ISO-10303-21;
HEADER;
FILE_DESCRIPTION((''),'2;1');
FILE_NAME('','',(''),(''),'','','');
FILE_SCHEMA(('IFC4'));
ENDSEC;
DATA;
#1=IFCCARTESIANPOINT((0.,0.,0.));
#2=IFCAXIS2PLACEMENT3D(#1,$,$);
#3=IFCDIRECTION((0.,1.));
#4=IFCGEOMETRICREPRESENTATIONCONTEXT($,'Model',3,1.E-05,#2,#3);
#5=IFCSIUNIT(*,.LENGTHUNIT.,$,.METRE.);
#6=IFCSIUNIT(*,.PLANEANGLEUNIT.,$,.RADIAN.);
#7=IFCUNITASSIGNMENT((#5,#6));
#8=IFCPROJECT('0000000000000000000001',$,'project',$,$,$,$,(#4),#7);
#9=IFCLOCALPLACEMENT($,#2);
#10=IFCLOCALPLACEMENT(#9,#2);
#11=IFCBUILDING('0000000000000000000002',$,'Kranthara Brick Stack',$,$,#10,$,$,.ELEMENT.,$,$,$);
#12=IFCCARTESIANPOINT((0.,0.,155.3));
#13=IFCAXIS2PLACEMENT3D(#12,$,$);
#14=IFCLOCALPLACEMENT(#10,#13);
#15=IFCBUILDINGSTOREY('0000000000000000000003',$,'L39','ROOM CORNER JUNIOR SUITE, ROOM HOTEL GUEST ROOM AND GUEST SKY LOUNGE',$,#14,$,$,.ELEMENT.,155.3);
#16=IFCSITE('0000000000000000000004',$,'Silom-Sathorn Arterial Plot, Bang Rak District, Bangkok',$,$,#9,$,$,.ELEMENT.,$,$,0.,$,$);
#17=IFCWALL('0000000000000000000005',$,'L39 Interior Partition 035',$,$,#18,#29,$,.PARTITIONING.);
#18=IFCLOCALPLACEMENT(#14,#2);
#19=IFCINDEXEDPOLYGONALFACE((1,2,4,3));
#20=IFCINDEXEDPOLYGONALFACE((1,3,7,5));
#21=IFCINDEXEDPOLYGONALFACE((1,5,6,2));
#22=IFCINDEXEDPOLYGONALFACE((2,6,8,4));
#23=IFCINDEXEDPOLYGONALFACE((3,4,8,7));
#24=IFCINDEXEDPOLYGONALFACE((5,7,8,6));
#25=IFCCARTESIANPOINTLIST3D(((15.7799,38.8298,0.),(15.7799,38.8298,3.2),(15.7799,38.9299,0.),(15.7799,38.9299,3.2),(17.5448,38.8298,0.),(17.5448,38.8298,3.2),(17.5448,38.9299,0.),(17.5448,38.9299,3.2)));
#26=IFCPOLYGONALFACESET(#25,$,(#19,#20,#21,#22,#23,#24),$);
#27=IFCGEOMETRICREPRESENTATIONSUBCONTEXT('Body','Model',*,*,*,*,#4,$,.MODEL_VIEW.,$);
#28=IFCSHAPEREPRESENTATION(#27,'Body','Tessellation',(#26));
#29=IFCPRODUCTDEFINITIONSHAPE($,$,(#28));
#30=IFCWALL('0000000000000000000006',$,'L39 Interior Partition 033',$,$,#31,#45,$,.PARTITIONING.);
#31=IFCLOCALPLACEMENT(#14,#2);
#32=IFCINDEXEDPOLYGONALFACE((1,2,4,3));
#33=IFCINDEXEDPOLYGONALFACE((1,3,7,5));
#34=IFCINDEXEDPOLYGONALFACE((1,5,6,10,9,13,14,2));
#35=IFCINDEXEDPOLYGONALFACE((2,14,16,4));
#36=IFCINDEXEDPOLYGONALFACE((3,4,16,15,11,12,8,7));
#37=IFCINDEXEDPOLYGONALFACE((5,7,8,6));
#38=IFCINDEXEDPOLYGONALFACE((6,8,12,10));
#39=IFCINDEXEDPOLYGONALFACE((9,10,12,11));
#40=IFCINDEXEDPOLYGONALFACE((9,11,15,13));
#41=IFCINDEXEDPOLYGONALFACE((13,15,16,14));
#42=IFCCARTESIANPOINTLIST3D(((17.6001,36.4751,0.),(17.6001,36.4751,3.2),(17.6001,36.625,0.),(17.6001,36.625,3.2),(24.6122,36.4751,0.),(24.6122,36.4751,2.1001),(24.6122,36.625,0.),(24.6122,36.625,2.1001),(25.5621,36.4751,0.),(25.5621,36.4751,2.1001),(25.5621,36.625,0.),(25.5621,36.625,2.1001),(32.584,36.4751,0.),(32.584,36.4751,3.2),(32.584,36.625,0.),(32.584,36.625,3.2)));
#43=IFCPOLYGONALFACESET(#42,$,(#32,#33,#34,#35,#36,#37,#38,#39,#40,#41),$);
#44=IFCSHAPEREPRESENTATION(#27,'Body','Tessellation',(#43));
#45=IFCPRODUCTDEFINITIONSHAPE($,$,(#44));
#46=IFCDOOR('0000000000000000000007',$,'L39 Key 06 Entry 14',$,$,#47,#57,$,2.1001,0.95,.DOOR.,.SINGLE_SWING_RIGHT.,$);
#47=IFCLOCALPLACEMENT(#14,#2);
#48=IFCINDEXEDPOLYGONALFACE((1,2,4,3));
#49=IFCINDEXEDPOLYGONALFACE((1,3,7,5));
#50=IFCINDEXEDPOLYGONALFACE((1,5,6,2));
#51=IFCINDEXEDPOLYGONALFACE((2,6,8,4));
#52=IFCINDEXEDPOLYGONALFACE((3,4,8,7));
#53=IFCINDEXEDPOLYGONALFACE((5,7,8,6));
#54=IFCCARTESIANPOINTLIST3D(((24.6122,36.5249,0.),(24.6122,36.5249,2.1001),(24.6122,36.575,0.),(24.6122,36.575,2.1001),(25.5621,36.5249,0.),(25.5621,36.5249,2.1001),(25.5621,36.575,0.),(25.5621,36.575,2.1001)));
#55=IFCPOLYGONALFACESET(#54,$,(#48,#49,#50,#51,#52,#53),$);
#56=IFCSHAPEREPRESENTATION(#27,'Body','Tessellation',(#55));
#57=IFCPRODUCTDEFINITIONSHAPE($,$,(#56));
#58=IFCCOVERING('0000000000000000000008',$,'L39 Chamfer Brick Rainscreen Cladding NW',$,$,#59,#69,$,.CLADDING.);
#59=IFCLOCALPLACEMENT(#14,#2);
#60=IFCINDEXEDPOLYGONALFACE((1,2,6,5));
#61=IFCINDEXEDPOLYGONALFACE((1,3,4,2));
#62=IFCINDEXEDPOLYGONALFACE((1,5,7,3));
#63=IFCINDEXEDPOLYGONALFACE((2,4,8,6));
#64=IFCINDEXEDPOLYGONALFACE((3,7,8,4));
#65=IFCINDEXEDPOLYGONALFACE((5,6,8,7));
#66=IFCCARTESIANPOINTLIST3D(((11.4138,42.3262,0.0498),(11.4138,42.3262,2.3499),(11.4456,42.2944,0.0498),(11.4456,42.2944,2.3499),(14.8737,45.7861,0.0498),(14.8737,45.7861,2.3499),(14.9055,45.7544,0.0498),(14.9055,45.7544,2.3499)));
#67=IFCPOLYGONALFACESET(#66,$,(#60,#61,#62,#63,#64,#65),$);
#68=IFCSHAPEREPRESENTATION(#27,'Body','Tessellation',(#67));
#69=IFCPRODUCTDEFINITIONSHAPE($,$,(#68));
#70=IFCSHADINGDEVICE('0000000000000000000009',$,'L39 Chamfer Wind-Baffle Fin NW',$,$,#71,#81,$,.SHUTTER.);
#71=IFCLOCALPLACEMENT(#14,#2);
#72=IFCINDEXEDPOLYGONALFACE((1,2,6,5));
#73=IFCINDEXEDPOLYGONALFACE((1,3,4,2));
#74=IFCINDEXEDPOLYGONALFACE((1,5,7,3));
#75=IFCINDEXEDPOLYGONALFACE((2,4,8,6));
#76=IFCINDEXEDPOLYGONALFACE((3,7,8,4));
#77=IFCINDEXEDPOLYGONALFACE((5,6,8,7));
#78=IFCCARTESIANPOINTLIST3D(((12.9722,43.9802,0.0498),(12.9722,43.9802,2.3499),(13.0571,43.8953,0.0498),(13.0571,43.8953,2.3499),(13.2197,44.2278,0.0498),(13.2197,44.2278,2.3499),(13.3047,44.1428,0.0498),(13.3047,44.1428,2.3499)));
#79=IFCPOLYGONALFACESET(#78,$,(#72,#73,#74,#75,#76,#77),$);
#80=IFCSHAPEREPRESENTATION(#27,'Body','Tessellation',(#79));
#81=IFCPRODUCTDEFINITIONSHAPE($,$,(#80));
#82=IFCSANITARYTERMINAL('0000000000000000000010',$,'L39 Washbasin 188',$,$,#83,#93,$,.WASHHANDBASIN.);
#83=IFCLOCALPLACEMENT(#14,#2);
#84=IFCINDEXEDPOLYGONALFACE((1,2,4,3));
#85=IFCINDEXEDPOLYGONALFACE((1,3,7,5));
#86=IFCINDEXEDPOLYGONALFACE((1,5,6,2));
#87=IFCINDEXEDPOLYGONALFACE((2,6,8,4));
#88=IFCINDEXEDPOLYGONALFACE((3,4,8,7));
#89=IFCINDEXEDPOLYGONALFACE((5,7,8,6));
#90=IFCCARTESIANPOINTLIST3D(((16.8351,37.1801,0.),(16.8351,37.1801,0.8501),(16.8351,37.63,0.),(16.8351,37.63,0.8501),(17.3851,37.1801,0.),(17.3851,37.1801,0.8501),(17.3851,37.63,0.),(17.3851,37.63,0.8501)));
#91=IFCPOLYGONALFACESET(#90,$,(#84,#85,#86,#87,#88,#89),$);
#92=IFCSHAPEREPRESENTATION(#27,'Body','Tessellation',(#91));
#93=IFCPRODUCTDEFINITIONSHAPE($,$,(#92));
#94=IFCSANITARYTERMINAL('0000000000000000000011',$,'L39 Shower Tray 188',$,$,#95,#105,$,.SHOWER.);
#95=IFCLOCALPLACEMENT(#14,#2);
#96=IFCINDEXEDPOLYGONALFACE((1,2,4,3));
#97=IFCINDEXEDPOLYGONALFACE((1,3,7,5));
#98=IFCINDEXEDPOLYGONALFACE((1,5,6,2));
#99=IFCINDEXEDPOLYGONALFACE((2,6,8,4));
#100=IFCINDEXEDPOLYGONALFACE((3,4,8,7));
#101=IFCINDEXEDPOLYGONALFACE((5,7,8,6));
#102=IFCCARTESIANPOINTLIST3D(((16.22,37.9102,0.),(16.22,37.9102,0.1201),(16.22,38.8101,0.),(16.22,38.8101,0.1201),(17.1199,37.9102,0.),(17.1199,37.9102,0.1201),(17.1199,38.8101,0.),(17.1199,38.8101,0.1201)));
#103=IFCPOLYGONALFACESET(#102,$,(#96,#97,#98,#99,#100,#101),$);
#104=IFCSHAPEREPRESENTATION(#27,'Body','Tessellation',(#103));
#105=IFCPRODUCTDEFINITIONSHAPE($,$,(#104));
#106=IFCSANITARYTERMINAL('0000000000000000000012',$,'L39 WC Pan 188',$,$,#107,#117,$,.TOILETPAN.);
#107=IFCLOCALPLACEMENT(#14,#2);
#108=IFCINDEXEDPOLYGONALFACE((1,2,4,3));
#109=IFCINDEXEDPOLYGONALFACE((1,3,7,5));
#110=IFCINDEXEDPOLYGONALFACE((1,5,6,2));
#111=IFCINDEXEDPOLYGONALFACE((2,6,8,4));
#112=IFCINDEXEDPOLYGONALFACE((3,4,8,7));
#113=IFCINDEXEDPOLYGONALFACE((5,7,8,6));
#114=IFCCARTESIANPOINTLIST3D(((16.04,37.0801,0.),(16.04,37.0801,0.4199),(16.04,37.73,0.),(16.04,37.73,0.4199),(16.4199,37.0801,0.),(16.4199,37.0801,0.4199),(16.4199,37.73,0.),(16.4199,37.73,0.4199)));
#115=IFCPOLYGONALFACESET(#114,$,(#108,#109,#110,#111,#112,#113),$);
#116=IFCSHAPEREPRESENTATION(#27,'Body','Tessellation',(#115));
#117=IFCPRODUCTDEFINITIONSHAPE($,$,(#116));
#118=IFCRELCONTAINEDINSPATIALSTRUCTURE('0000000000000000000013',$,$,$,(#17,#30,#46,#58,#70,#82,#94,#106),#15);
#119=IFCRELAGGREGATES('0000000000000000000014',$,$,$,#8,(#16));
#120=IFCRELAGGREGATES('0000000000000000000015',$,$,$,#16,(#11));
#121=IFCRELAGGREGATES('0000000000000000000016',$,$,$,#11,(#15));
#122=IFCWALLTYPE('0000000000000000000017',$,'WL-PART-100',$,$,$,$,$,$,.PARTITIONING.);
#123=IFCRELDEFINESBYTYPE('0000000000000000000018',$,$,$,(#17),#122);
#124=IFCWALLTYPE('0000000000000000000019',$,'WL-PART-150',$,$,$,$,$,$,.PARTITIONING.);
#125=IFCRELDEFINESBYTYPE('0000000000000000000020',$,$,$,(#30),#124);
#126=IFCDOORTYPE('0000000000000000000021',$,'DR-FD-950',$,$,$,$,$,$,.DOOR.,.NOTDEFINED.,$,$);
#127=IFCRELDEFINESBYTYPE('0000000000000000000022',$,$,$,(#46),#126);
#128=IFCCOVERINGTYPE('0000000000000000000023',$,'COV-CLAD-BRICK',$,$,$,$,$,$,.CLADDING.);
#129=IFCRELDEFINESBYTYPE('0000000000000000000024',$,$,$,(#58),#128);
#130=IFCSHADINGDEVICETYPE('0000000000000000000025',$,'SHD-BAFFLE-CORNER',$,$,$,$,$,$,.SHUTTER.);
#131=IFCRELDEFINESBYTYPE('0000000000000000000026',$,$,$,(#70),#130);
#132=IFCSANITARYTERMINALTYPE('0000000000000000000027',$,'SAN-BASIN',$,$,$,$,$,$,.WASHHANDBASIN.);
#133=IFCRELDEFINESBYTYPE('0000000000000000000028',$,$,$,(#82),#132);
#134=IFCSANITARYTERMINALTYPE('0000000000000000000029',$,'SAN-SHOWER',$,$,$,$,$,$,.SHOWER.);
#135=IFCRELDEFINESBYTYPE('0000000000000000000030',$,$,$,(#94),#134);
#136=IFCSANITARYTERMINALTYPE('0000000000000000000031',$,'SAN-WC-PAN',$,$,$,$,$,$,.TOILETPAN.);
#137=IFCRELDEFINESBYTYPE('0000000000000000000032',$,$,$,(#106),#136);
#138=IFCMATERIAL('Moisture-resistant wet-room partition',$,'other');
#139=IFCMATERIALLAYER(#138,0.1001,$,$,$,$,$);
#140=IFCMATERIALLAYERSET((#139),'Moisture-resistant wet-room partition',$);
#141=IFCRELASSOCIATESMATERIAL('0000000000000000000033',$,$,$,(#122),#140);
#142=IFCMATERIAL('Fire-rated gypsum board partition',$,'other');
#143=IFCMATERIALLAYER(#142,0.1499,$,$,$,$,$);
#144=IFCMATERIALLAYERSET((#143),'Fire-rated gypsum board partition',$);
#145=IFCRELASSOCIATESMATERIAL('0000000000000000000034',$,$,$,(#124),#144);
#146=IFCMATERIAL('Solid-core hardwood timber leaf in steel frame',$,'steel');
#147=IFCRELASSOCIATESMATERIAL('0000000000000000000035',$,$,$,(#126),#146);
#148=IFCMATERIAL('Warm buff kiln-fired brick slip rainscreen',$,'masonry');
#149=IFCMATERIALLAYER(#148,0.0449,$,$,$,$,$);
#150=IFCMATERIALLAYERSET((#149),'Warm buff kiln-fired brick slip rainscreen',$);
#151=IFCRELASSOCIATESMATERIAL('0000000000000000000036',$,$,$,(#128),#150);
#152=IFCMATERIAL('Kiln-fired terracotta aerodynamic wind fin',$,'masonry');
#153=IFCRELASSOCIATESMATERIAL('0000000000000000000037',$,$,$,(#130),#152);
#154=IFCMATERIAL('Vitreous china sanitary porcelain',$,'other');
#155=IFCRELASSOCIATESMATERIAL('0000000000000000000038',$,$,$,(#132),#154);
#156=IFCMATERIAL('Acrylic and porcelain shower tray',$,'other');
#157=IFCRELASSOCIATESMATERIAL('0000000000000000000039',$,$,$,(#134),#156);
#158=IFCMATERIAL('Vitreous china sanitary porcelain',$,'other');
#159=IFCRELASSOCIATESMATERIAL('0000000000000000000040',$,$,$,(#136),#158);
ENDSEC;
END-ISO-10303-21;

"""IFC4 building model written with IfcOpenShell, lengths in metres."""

from ifc_helpers import new_model, si_unit, direction, frame, frame_2d, origin, origin_2d, place, context, subcontext, project, spatial, rectangle, extrude, material, layer, layer_set, type_object, element, fill, save


model = new_model("IFC4")

# Units and contexts
model_context = context("Model", 3, precision=1e-05, world=origin(), true_north=direction((0.0, 1.0)))
body_context = subcontext(model_context, "Body", "Model", "MODEL_VIEW")
ifc_project = project(units=[si_unit("LENGTHUNIT", "METRE"), si_unit("PLANEANGLEUNIT", "RADIAN")], contexts=[model_context])

# Site, building, storey
site_placement = place(None, origin())
site = spatial("IfcSite", under=ifc_project, at=site_placement, Name="Silom-Sathorn Arterial Plot, Bang Rak District, Bangkok", CompositionType="ELEMENT", RefElevation=0.0)
building_placement = place(site_placement, origin())
building = spatial("IfcBuilding", under=site, at=building_placement, Name="Kranthara Brick Stack", CompositionType="ELEMENT")
storey_placement = place(building_placement, frame((0.0, 0.0, 155.3)))
storey = spatial("IfcBuildingStorey", under=building, at=storey_placement, Name="L39", Description="ROOM CORNER JUNIOR SUITE, ROOM HOTEL GUEST ROOM AND GUEST SKY LOUNGE", CompositionType="ELEMENT", Elevation=155.3)

# Shared definitions
ifc_material_1 = material(Name="Moisture-resistant wet-room partition", Category="other")
ifc_layer_1 = layer(ifc_material_1, 0.1001)
ifc_layer_set_1 = layer_set([ifc_layer_1], Name="Moisture-resistant wet-room partition")
wall_type_1 = type_object("IfcWallType", Name="WL-PART-100", PredefinedType="PARTITIONING", material=ifc_layer_set_1)

# Wall
wall_1_placement = place(storey_placement, frame((15.78, 38.8799, 0.0), z_axis=(0.0, 0.0, 1.0), x_axis=(1.0, 0.0, 0.0)))
element("IfcWall", 1, at=wall_1_placement, inside=storey, type_object=wall_type_1, Name="L39 Interior Partition 035", PredefinedType="PARTITIONING", context=body_context, shape_type="SweptSolid", body=[
    extrude(rectangle(XDim=1.7649, YDim=0.1001, at=frame_2d((0.8823, 0.0))), origin(), (0.0, 0.0, 1.0), 3.2),
])

# Wall, opening, door
ifc_material_2 = material(Name="Fire-rated gypsum board partition", Category="other")
ifc_layer_2 = layer(ifc_material_2, 0.1499)
ifc_layer_set_2 = layer_set([ifc_layer_2], Name="Fire-rated gypsum board partition")
wall_type_2 = type_object("IfcWallType", Name="WL-PART-150", PredefinedType="PARTITIONING", material=ifc_layer_set_2)
wall_2_placement = place(storey_placement, frame((17.6001, 36.55, 0.0), z_axis=(0.0, 0.0, 1.0), x_axis=(1.0, 0.0, 0.0)))
wall_2 = element("IfcWall", 2, at=wall_2_placement, inside=storey, type_object=wall_type_2, Name="L39 Interior Partition 033", PredefinedType="PARTITIONING", context=body_context, shape_type="SweptSolid", body=[
    extrude(rectangle(XDim=14.9839, YDim=0.1499, at=frame_2d((7.4919, 0.0))), origin(), (0.0, 0.0, 1.0), 3.2),
])
opening_1_placement = place(wall_2_placement, frame((7.012, 0.0, 0.0)))
opening_1 = element("IfcOpeningElement", 3, at=opening_1_placement, cuts=wall_2, PredefinedType="OPENING", context=body_context, shape_type="SweptSolid", body=[
    extrude(rectangle(XDim=0.95, YDim=2.1001, at=frame_2d((0.4751, 1.05))), frame((0.0, 0.085, 0.0), z_axis=(0.0, -1.0, 0.0), x_axis=(1.0, 0.0, 0.0)), (0.0, 0.0, 1.0), 0.1699),
])
ifc_material_3 = material(Name="Solid-core hardwood timber leaf in steel frame", Category="steel")
door_type_1 = type_object("IfcDoorType", Name="DR-FD-950", OperationType="NOTDEFINED", PredefinedType="DOOR", material=ifc_material_3)
door_1_placement = place(opening_1_placement, origin())
door_1 = element("IfcDoor", 4, at=door_1_placement, inside=storey, type_object=door_type_1, Name="L39 Key 06 Entry 14", OperationType="SINGLE_SWING_RIGHT", OverallHeight=2.1001, OverallWidth=0.95, PredefinedType="DOOR", context=body_context, shape_type="SweptSolid", body=[
    extrude(rectangle(XDim=0.95, YDim=2.1001, at=frame_2d((0.4751, 1.05))), frame((0.0, 0.0249, 0.0), z_axis=(0.0, -1.0, 0.0), x_axis=(1.0, 0.0, 0.0)), (0.0, 0.0, 1.0), 0.05),
])
fill(opening_1, door_1)

# Covering
ifc_material_4 = material(Name="Warm buff kiln-fired brick slip rainscreen", Category="masonry")
ifc_layer_3 = layer(ifc_material_4, 0.0449)
ifc_layer_set_3 = layer_set([ifc_layer_3], Name="Warm buff kiln-fired brick slip rainscreen")
covering_type = type_object("IfcCoveringType", Name="COV-CLAD-BRICK", PredefinedType="CLADDING", material=ifc_layer_set_3)
covering_placement = place(storey_placement, frame((13.1597, 44.0403, 0.0498), z_axis=(0.0, 0.0, 1.0), x_axis=(0.707107, 0.707107, 0.0)))
element("IfcCovering", 5, at=covering_placement, inside=storey, type_object=covering_type, Name="L39 Chamfer Brick Rainscreen Cladding NW", PredefinedType="CLADDING", context=body_context, shape_type="SweptSolid", body=[
    extrude(rectangle(XDim=4.8931, YDim=0.0449, at=origin_2d()), origin(), (0.0, 0.0, 1.0), 2.3),
])

# Shading device
ifc_material_5 = material(Name="Kiln-fired terracotta aerodynamic wind fin", Category="masonry")
shading_device_type = type_object("IfcShadingDeviceType", Name="SHD-BAFFLE-CORNER", PredefinedType="SHUTTER", material=ifc_material_5)
shading_device_placement = place(storey_placement, frame((13.1384, 44.0615, 0.0498), z_axis=(0.0, 0.0, 1.0), x_axis=(0.707107, 0.707107, 0.0)))
element("IfcShadingDevice", 6, at=shading_device_placement, inside=storey, type_object=shading_device_type, Name="L39 Chamfer Wind-Baffle Fin NW", PredefinedType="SHUTTER", context=body_context, shape_type="SweptSolid", body=[
    extrude(rectangle(XDim=0.3501, YDim=0.1201, at=origin_2d()), origin(), (0.0, 0.0, 1.0), 2.3),
])

# Sanitary terminals
ifc_material_6 = material(Name="Vitreous china sanitary porcelain", Category="other")
sanitary_terminal_type_1 = type_object("IfcSanitaryTerminalType", Name="SAN-BASIN", PredefinedType="WASHHANDBASIN", material=ifc_material_6)
sanitary_terminal_1_placement = place(storey_placement, frame((17.1101, 37.405, 0.0), z_axis=(0.0, 0.0, 1.0), x_axis=(1.0, 0.0, 0.0)))
element("IfcSanitaryTerminal", 7, at=sanitary_terminal_1_placement, inside=storey, type_object=sanitary_terminal_type_1, Name="L39 Washbasin 188", PredefinedType="WASHHANDBASIN", context=body_context, shape_type="SweptSolid", body=[
    extrude(rectangle(XDim=0.55, YDim=0.45, at=origin_2d()), origin(), (0.0, 0.0, 1.0), 0.8501),
])
ifc_material_7 = material(Name="Acrylic and porcelain shower tray", Category="other")
sanitary_terminal_type_2 = type_object("IfcSanitaryTerminalType", Name="SAN-SHOWER", PredefinedType="SHOWER", material=ifc_material_7)
sanitary_terminal_2_placement = place(storey_placement, frame((16.6699, 38.3601, 0.0), z_axis=(0.0, 0.0, 1.0), x_axis=(1.0, 0.0, 0.0)))
element("IfcSanitaryTerminal", 8, at=sanitary_terminal_2_placement, inside=storey, type_object=sanitary_terminal_type_2, Name="L39 Shower Tray 188", PredefinedType="SHOWER", context=body_context, shape_type="SweptSolid", body=[
    extrude(rectangle(XDim=0.8999, YDim=0.8999, at=origin_2d()), origin(), (0.0, 0.0, 1.0), 0.1201),
])
ifc_material_8 = material(Name="Vitreous china sanitary porcelain", Category="other")
sanitary_terminal_type_3 = type_object("IfcSanitaryTerminalType", Name="SAN-WC-PAN", PredefinedType="TOILETPAN", material=ifc_material_8)
sanitary_terminal_3_placement = place(storey_placement, frame((16.23, 37.405, 0.0), z_axis=(0.0, 0.0, 1.0), x_axis=(1.0, 0.0, 0.0)))
element("IfcSanitaryTerminal", 9, at=sanitary_terminal_3_placement, inside=storey, type_object=sanitary_terminal_type_3, Name="L39 WC Pan 188", PredefinedType="TOILETPAN", context=body_context, shape_type="SweptSolid", body=[
    extrude(rectangle(XDim=0.3799, YDim=0.6499, at=origin_2d()), origin(), (0.0, 0.0, 1.0), 0.4199),
])

save(model, "model.ifc")
